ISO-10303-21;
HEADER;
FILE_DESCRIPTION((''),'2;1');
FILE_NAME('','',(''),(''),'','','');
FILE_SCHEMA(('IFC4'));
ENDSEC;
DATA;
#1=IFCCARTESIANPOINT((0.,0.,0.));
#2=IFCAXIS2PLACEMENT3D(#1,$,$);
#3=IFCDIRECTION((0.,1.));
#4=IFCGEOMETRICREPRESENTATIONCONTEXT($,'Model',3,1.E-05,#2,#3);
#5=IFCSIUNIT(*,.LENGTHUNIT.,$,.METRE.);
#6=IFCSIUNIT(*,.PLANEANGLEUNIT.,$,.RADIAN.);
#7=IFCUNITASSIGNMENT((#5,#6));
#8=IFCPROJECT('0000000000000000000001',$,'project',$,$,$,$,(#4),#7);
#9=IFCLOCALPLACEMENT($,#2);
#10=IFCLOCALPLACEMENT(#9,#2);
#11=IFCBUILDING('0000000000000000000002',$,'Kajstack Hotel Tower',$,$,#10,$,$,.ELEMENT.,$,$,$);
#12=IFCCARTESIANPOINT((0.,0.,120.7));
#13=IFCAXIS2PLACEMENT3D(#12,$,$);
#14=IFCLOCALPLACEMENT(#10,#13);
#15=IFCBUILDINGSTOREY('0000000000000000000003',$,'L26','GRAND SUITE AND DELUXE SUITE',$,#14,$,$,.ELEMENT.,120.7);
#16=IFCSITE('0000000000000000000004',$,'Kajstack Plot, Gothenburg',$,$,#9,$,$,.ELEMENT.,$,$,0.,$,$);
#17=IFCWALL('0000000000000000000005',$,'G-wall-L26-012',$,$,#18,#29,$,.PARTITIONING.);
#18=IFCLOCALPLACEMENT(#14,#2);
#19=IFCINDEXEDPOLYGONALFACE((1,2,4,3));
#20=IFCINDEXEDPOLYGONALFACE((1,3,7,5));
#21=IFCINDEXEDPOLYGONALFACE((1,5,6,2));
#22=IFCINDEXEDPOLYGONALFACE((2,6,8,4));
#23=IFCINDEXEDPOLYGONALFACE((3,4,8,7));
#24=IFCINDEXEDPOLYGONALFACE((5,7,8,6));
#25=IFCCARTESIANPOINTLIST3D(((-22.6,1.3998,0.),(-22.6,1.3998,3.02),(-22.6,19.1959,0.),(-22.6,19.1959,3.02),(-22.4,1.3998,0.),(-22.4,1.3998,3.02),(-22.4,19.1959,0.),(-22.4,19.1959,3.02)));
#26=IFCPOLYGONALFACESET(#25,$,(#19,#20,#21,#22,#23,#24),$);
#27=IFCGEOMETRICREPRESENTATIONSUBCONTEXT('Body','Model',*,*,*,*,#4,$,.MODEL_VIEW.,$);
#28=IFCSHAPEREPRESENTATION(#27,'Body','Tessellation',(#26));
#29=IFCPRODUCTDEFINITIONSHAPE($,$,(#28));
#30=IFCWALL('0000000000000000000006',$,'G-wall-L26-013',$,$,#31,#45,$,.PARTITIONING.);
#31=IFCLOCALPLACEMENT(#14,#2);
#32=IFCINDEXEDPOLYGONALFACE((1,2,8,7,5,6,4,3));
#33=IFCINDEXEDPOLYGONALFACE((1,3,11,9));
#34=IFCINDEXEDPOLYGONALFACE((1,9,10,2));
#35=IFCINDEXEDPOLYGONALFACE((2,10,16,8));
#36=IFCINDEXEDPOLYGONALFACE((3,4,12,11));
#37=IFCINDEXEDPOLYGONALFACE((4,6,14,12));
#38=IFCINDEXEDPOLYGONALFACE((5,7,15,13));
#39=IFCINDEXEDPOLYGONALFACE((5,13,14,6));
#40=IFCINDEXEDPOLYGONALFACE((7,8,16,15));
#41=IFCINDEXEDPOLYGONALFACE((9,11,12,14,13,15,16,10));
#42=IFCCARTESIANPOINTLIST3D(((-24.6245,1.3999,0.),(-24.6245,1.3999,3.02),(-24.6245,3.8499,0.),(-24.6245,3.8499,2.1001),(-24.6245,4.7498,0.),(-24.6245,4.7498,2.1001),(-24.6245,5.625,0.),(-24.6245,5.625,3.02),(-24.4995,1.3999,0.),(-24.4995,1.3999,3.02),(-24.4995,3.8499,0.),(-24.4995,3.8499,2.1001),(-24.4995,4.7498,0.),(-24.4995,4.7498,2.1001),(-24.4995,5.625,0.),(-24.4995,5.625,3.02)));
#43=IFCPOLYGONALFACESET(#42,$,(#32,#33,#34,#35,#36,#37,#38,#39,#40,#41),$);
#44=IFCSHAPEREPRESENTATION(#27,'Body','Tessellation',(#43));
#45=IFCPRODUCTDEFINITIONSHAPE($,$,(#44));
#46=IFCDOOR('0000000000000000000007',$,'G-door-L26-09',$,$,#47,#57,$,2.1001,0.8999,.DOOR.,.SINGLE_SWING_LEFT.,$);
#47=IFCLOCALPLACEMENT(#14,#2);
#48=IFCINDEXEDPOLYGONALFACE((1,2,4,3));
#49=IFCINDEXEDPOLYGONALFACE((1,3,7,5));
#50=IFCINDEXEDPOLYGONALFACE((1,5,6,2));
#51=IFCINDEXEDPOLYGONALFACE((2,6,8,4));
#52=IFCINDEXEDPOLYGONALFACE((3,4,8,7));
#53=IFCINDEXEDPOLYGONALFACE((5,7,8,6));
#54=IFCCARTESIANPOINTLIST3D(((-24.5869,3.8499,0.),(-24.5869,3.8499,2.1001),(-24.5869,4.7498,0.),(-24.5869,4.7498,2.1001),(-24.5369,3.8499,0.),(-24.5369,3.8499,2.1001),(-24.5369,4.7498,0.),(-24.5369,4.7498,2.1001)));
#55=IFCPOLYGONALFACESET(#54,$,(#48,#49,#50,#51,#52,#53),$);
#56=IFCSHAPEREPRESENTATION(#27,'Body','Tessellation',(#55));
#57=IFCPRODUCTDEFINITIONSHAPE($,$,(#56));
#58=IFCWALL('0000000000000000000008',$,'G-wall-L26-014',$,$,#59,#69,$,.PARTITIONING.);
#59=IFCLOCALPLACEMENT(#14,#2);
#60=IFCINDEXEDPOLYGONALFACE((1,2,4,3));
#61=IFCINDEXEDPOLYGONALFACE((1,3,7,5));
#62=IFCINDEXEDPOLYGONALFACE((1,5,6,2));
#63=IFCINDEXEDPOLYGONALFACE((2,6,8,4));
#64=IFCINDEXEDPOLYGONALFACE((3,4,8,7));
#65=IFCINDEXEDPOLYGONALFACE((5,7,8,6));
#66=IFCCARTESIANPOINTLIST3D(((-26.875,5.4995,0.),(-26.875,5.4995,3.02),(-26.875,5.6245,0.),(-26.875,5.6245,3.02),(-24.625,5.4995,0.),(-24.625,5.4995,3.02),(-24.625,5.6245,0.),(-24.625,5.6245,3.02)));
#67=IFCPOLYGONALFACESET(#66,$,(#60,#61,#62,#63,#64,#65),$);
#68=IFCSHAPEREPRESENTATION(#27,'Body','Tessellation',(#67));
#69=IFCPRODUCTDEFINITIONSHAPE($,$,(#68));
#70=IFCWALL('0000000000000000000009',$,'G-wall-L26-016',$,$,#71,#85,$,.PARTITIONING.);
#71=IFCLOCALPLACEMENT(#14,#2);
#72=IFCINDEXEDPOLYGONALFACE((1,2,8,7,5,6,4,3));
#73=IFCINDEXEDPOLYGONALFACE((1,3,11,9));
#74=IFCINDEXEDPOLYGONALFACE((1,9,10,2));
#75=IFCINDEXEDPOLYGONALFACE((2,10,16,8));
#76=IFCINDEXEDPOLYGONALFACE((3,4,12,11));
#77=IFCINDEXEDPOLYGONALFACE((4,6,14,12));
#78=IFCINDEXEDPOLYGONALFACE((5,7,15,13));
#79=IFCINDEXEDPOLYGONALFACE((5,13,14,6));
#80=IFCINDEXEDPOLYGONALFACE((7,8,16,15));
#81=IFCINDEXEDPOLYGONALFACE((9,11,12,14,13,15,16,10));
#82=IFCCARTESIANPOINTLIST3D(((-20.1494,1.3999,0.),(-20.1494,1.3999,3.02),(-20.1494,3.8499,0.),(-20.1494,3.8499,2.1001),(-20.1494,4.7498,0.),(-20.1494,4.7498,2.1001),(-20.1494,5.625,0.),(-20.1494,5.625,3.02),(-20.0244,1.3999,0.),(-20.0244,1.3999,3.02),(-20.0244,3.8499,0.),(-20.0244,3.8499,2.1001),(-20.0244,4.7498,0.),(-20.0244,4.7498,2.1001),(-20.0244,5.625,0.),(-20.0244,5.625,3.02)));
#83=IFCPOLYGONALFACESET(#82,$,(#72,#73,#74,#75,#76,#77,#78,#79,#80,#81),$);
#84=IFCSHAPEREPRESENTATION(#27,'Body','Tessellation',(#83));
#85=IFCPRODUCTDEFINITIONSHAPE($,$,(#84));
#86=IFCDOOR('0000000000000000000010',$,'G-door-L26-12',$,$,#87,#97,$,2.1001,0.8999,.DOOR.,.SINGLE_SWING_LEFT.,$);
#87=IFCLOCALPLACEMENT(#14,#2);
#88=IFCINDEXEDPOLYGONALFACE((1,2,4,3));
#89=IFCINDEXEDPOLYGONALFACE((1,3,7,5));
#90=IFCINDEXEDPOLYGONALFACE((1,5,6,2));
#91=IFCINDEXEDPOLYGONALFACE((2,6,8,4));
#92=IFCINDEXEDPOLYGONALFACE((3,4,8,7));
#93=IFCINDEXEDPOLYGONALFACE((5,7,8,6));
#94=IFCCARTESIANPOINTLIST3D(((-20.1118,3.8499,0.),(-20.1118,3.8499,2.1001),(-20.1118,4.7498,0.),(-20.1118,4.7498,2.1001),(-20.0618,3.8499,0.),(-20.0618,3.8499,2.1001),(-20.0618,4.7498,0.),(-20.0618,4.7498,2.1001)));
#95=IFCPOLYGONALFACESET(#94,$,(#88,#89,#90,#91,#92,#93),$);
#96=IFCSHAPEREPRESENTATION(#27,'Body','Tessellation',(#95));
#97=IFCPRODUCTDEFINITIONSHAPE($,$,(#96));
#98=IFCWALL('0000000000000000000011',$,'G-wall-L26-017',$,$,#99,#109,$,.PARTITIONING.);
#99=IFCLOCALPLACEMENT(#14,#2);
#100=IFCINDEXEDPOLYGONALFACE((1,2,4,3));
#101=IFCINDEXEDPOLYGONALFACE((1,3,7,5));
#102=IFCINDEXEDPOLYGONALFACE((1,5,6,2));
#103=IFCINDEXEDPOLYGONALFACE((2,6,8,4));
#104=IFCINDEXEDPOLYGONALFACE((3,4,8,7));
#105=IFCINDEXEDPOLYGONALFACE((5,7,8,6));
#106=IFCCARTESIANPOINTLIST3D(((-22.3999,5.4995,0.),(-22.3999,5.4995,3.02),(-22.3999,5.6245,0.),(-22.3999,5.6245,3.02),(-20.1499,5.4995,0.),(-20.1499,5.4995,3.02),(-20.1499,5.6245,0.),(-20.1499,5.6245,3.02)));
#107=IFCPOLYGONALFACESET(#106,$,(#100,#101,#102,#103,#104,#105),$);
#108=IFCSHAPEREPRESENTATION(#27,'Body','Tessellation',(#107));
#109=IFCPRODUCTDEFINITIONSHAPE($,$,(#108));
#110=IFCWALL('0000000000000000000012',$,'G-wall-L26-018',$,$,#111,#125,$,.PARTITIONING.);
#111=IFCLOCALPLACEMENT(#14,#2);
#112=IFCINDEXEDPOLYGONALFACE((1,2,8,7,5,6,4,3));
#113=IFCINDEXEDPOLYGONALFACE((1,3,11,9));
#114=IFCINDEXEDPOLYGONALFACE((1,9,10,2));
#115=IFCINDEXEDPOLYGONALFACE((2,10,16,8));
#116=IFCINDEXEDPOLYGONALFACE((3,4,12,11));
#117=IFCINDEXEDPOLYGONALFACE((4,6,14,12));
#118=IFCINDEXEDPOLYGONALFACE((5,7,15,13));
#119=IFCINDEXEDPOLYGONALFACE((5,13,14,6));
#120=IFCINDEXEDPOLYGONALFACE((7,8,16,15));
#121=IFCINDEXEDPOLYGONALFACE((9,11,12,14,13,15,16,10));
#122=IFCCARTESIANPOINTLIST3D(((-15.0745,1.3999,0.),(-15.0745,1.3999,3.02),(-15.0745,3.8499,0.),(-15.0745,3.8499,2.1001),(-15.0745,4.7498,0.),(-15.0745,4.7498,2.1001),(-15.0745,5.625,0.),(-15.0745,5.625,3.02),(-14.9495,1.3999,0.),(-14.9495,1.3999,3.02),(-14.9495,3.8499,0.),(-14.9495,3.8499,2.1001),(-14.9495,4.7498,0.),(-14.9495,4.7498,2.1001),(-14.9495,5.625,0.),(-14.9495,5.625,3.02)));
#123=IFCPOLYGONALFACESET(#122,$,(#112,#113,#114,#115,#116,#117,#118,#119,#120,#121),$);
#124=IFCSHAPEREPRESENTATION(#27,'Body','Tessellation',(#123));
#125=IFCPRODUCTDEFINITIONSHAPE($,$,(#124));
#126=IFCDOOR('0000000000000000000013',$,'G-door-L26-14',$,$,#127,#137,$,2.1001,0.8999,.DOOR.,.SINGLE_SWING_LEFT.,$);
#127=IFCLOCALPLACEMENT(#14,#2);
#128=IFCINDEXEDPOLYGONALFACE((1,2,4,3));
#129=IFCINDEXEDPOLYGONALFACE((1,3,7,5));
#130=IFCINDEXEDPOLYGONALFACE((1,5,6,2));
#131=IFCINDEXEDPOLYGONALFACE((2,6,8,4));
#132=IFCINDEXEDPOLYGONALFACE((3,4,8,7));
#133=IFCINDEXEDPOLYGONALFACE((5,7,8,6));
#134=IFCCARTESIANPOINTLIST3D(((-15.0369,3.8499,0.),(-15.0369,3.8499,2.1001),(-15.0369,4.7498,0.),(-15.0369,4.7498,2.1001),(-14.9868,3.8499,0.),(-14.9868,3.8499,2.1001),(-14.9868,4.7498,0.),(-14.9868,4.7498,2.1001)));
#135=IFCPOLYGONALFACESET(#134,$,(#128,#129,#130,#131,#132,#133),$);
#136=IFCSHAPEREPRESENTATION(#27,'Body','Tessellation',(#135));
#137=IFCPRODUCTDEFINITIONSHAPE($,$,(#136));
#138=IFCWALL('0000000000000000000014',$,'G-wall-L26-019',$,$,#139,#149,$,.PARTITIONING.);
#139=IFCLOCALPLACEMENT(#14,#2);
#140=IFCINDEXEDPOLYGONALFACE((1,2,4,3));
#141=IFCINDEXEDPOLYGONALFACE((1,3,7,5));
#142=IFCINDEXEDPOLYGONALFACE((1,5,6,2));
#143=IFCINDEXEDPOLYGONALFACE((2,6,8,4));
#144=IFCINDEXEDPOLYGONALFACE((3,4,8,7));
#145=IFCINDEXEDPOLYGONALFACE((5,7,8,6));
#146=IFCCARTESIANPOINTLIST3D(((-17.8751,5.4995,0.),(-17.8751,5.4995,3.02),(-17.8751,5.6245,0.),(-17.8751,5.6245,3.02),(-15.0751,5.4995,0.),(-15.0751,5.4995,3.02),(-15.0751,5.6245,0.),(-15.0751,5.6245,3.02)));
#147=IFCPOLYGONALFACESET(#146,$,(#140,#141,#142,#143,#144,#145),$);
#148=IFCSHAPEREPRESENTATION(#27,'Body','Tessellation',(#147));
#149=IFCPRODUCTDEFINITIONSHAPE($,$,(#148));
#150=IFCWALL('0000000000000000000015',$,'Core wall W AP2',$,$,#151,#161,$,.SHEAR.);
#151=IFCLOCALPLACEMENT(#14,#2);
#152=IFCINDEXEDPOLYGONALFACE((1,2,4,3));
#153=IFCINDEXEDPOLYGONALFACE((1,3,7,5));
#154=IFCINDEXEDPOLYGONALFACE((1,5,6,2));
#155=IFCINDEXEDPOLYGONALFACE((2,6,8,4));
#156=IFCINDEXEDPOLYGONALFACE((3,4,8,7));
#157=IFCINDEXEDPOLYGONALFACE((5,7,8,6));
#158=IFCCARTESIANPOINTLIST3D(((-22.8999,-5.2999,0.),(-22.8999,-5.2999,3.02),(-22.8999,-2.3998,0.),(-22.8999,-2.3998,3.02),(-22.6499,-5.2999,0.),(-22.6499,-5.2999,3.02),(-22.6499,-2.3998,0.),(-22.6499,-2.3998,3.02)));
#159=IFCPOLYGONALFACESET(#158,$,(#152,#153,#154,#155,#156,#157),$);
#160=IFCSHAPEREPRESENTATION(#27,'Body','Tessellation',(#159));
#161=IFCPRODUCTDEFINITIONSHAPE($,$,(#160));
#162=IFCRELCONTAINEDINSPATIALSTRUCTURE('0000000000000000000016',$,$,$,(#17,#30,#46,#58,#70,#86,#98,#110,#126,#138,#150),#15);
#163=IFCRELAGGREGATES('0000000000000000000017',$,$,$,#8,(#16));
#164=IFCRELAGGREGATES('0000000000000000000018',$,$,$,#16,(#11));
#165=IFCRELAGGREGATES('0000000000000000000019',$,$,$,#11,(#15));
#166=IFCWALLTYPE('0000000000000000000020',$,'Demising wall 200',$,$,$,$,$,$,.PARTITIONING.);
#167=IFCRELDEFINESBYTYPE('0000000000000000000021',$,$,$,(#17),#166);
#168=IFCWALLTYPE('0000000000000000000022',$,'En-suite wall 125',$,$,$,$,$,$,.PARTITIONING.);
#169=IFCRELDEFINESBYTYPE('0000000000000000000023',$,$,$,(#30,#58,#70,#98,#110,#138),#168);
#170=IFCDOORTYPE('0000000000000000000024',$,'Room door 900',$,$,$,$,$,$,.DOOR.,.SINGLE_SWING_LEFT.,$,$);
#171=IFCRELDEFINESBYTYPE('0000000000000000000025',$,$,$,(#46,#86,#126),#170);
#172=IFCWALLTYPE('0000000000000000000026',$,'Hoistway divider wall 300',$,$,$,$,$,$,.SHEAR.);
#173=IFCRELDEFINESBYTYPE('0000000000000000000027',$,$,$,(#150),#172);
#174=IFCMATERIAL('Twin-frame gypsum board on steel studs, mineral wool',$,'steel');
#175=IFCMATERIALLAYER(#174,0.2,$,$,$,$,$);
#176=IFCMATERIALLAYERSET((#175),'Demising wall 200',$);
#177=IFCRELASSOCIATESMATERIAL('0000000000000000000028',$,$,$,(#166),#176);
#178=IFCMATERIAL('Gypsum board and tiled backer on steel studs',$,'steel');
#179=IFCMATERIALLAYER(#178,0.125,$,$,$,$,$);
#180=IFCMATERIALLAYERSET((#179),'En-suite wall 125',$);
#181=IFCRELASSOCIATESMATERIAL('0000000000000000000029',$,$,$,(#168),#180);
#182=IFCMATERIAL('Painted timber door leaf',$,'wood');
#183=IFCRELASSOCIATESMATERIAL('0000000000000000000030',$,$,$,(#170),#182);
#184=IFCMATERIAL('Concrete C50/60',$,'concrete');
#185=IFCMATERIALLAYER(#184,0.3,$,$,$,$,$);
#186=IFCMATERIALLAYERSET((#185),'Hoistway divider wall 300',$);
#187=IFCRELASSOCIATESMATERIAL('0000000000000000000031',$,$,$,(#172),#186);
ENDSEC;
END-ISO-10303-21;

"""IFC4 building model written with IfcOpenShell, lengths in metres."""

from ifc_helpers import new_model, si_unit, direction, frame, frame_2d, origin, place, context, subcontext, project, spatial, rectangle, extrude, material, layer, layer_set, type_object, element, fill, save


model = new_model("IFC4")

# Units and contexts
model_context = context("Model", 3, precision=1e-05, world=origin(), true_north=direction((0.0, 1.0)))
body_context = subcontext(model_context, "Body", "Model", "MODEL_VIEW")
ifc_project = project(units=[si_unit("LENGTHUNIT", "METRE"), si_unit("PLANEANGLEUNIT", "RADIAN")], contexts=[model_context])

# Site, building, storey
site_placement = place(None, origin())
site = spatial("IfcSite", under=ifc_project, at=site_placement, Name="Kajstack Plot, Gothenburg", CompositionType="ELEMENT", RefElevation=0.0)
building_placement = place(site_placement, origin())
building = spatial("IfcBuilding", under=site, at=building_placement, Name="Kajstack Hotel Tower", CompositionType="ELEMENT")
storey_placement = place(building_placement, frame((0.0, 0.0, 120.7)))
storey = spatial("IfcBuildingStorey", under=building, at=storey_placement, Name="L26", Description="GRAND SUITE AND DELUXE SUITE", CompositionType="ELEMENT", Elevation=120.7)

# Wall
ifc_material_1 = material(Name="Twin-frame gypsum board on steel studs, mineral wool", Category="steel")
ifc_layer_1 = layer(ifc_material_1, 0.2)
ifc_layer_set_1 = layer_set([ifc_layer_1], Name="Demising wall 200")
wall_type_1 = type_object("IfcWallType", Name="Demising wall 200", PredefinedType="PARTITIONING", material=ifc_layer_set_1)
wall_1_placement = place(storey_placement, frame((-22.5, 1.3999, 0.0), z_axis=(0.0, 0.0, 1.0), x_axis=(0.0, 1.0, 0.0)))
element("IfcWall", 1, at=wall_1_placement, inside=storey, type_object=wall_type_1, Name="G-wall-L26-012", PredefinedType="PARTITIONING", context=body_context, shape_type="SweptSolid", body=[
    extrude(rectangle(XDim=17.7961, YDim=0.2, at=frame_2d((8.8979, 0.0))), origin(), (0.0, 0.0, 1.0), 3.02),
])

# Wall, opening, door
ifc_material_2 = material(Name="Gypsum board and tiled backer on steel studs", Category="steel")
ifc_layer_2 = layer(ifc_material_2, 0.125)
ifc_layer_set_2 = layer_set([ifc_layer_2], Name="En-suite wall 125")
wall_type_2 = type_object("IfcWallType", Name="En-suite wall 125", PredefinedType="PARTITIONING", material=ifc_layer_set_2)
wall_2_placement = place(storey_placement, frame((-24.562, 1.3999, 0.0), z_axis=(0.0, 0.0, 1.0), x_axis=(0.0, 1.0, 0.0)))
wall_2 = element("IfcWall", 2, at=wall_2_placement, inside=storey, type_object=wall_type_2, Name="G-wall-L26-013", PredefinedType="PARTITIONING", context=body_context, shape_type="SweptSolid", body=[
    extrude(rectangle(XDim=4.2251, YDim=0.125, at=frame_2d((2.1125, 0.0))), origin(), (0.0, 0.0, 1.0), 3.02),
])
opening_1_placement = place(wall_2_placement, frame((2.45, 0.0, 0.0)))
opening_1 = element("IfcOpeningElement", 3, at=opening_1_placement, cuts=wall_2, PredefinedType="OPENING", context=body_context, shape_type="SweptSolid", body=[
    extrude(rectangle(XDim=0.8999, YDim=2.1001, at=frame_2d((0.45, 1.05))), frame((0.0, 0.0725, 0.0), z_axis=(0.0, -1.0, 0.0), x_axis=(1.0, 0.0, 0.0)), (0.0, 0.0, 1.0), 0.145),
])
ifc_material_3 = material(Name="Painted timber door leaf", Category="wood")
door_type_1 = type_object("IfcDoorType", Name="Room door 900", OperationType="SINGLE_SWING_LEFT", PredefinedType="DOOR", material=ifc_material_3)
door_1_placement = place(opening_1_placement, origin())
door_1 = element("IfcDoor", 4, at=door_1_placement, inside=storey, type_object=door_type_1, Name="G-door-L26-09", OperationType="SINGLE_SWING_LEFT", OverallHeight=2.1001, OverallWidth=0.8999, PredefinedType="DOOR", context=body_context, shape_type="SweptSolid", body=[
    extrude(rectangle(XDim=0.8999, YDim=2.1001, at=frame_2d((0.45, 1.05))), frame((0.0, 0.0249, 0.0), z_axis=(0.0, -1.0, 0.0), x_axis=(1.0, 0.0, 0.0)), (0.0, 0.0, 1.0), 0.05),
])
fill(opening_1, door_1)

# Wall
wall_3_placement = place(storey_placement, frame((-26.875, 5.562, 0.0), z_axis=(0.0, 0.0, 1.0), x_axis=(1.0, 0.0, 0.0)))
element("IfcWall", 5, at=wall_3_placement, inside=storey, type_object=wall_type_2, Name="G-wall-L26-014", PredefinedType="PARTITIONING", context=body_context, shape_type="SweptSolid", body=[
    extrude(rectangle(XDim=2.25, YDim=0.125, at=frame_2d((1.125, 0.0))), origin(), (0.0, 0.0, 1.0), 3.02),
])

# Wall, opening, door
wall_4_placement = place(storey_placement, frame((-20.0869, 1.3999, 0.0), z_axis=(0.0, 0.0, 1.0), x_axis=(0.0, 1.0, 0.0)))
wall_4 = element("IfcWall", 6, at=wall_4_placement, inside=storey, type_object=wall_type_2, Name="G-wall-L26-016", PredefinedType="PARTITIONING", context=body_context, shape_type="SweptSolid", body=[
    extrude(rectangle(XDim=4.2251, YDim=0.125, at=frame_2d((2.1125, 0.0))), origin(), (0.0, 0.0, 1.0), 3.02),
])
opening_2_placement = place(wall_4_placement, frame((2.45, 0.0, 0.0)))
opening_2 = element("IfcOpeningElement", 7, at=opening_2_placement, cuts=wall_4, PredefinedType="OPENING", context=body_context, shape_type="SweptSolid", body=[
    extrude(rectangle(XDim=0.8999, YDim=2.1001, at=frame_2d((0.45, 1.05))), frame((0.0, 0.0725, 0.0), z_axis=(0.0, -1.0, 0.0), x_axis=(1.0, 0.0, 0.0)), (0.0, 0.0, 1.0), 0.145),
])
door_2_placement = place(opening_2_placement, origin())
door_2 = element("IfcDoor", 8, at=door_2_placement, inside=storey, type_object=door_type_1, Name="G-door-L26-12", OperationType="SINGLE_SWING_LEFT", OverallHeight=2.1001, OverallWidth=0.8999, PredefinedType="DOOR", context=body_context, shape_type="SweptSolid", body=[
    extrude(rectangle(XDim=0.8999, YDim=2.1001, at=frame_2d((0.45, 1.05))), frame((0.0, 0.0249, 0.0), z_axis=(0.0, -1.0, 0.0), x_axis=(1.0, 0.0, 0.0)), (0.0, 0.0, 1.0), 0.05),
])
fill(opening_2, door_2)

# Wall
wall_5_placement = place(storey_placement, frame((-22.3999, 5.562, 0.0), z_axis=(0.0, 0.0, 1.0), x_axis=(1.0, 0.0, 0.0)))
element("IfcWall", 9, at=wall_5_placement, inside=storey, type_object=wall_type_2, Name="G-wall-L26-017", PredefinedType="PARTITIONING", context=body_context, shape_type="SweptSolid", body=[
    extrude(rectangle(XDim=2.25, YDim=0.125, at=frame_2d((1.125, 0.0))), origin(), (0.0, 0.0, 1.0), 3.02),
])

# Wall, opening, door
wall_6_placement = place(storey_placement, frame((-15.012, 1.3999, 0.0), z_axis=(0.0, 0.0, 1.0), x_axis=(0.0, 1.0, 0.0)))
wall_6 = element("IfcWall", 10, at=wall_6_placement, inside=storey, type_object=wall_type_2, Name="G-wall-L26-018", PredefinedType="PARTITIONING", context=body_context, shape_type="SweptSolid", body=[
    extrude(rectangle(XDim=4.2251, YDim=0.125, at=frame_2d((2.1125, 0.0))), origin(), (0.0, 0.0, 1.0), 3.02),
])
opening_3_placement = place(wall_6_placement, frame((2.45, 0.0, 0.0)))
opening_3 = element("IfcOpeningElement", 11, at=opening_3_placement, cuts=wall_6, PredefinedType="OPENING", context=body_context, shape_type="SweptSolid", body=[
    extrude(rectangle(XDim=0.8999, YDim=2.1001, at=frame_2d((0.45, 1.05))), frame((0.0, 0.0725, 0.0), z_axis=(0.0, -1.0, 0.0), x_axis=(1.0, 0.0, 0.0)), (0.0, 0.0, 1.0), 0.145),
])
door_3_placement = place(opening_3_placement, origin())
door_3 = element("IfcDoor", 12, at=door_3_placement, inside=storey, type_object=door_type_1, Name="G-door-L26-14", OperationType="SINGLE_SWING_LEFT", OverallHeight=2.1001, OverallWidth=0.8999, PredefinedType="DOOR", context=body_context, shape_type="SweptSolid", body=[
    extrude(rectangle(XDim=0.8999, YDim=2.1001, at=frame_2d((0.45, 1.05))), frame((0.0, 0.0249, 0.0), z_axis=(0.0, -1.0, 0.0), x_axis=(1.0, 0.0, 0.0)), (0.0, 0.0, 1.0), 0.05),
])
fill(opening_3, door_3)

# Walls
wall_7_placement = place(storey_placement, frame((-17.875, 5.562, 0.0), z_axis=(0.0, 0.0, 1.0), x_axis=(1.0, 0.0, 0.0)))
element("IfcWall", 13, at=wall_7_placement, inside=storey, type_object=wall_type_2, Name="G-wall-L26-019", PredefinedType="PARTITIONING", context=body_context, shape_type="SweptSolid", body=[
    extrude(rectangle(XDim=2.8, YDim=0.125, at=frame_2d((1.3999, 0.0))), origin(), (0.0, 0.0, 1.0), 3.02),
])
ifc_material_4 = material(Name="Concrete C50/60", Category="concrete")
ifc_layer_3 = layer(ifc_material_4, 0.3)
ifc_layer_set_3 = layer_set([ifc_layer_3], Name="Hoistway divider wall 300")
wall_type_3 = type_object("IfcWallType", Name="Hoistway divider wall 300", PredefinedType="SHEAR", material=ifc_layer_set_3)
wall_8_placement = place(storey_placement, frame((-22.7749, -5.3, 0.0), z_axis=(0.0, 0.0, 1.0), x_axis=(0.0, 1.0, 0.0)))
element("IfcWall", 14, at=wall_8_placement, inside=storey, type_object=wall_type_3, Name="Core wall W AP2", PredefinedType="SHEAR", context=body_context, shape_type="SweptSolid", body=[
    extrude(rectangle(XDim=2.9001, YDim=0.25, at=frame_2d((1.4502, 0.0))), origin(), (0.0, 0.0, 1.0), 3.02),
])

save(model, "model.ifc")
